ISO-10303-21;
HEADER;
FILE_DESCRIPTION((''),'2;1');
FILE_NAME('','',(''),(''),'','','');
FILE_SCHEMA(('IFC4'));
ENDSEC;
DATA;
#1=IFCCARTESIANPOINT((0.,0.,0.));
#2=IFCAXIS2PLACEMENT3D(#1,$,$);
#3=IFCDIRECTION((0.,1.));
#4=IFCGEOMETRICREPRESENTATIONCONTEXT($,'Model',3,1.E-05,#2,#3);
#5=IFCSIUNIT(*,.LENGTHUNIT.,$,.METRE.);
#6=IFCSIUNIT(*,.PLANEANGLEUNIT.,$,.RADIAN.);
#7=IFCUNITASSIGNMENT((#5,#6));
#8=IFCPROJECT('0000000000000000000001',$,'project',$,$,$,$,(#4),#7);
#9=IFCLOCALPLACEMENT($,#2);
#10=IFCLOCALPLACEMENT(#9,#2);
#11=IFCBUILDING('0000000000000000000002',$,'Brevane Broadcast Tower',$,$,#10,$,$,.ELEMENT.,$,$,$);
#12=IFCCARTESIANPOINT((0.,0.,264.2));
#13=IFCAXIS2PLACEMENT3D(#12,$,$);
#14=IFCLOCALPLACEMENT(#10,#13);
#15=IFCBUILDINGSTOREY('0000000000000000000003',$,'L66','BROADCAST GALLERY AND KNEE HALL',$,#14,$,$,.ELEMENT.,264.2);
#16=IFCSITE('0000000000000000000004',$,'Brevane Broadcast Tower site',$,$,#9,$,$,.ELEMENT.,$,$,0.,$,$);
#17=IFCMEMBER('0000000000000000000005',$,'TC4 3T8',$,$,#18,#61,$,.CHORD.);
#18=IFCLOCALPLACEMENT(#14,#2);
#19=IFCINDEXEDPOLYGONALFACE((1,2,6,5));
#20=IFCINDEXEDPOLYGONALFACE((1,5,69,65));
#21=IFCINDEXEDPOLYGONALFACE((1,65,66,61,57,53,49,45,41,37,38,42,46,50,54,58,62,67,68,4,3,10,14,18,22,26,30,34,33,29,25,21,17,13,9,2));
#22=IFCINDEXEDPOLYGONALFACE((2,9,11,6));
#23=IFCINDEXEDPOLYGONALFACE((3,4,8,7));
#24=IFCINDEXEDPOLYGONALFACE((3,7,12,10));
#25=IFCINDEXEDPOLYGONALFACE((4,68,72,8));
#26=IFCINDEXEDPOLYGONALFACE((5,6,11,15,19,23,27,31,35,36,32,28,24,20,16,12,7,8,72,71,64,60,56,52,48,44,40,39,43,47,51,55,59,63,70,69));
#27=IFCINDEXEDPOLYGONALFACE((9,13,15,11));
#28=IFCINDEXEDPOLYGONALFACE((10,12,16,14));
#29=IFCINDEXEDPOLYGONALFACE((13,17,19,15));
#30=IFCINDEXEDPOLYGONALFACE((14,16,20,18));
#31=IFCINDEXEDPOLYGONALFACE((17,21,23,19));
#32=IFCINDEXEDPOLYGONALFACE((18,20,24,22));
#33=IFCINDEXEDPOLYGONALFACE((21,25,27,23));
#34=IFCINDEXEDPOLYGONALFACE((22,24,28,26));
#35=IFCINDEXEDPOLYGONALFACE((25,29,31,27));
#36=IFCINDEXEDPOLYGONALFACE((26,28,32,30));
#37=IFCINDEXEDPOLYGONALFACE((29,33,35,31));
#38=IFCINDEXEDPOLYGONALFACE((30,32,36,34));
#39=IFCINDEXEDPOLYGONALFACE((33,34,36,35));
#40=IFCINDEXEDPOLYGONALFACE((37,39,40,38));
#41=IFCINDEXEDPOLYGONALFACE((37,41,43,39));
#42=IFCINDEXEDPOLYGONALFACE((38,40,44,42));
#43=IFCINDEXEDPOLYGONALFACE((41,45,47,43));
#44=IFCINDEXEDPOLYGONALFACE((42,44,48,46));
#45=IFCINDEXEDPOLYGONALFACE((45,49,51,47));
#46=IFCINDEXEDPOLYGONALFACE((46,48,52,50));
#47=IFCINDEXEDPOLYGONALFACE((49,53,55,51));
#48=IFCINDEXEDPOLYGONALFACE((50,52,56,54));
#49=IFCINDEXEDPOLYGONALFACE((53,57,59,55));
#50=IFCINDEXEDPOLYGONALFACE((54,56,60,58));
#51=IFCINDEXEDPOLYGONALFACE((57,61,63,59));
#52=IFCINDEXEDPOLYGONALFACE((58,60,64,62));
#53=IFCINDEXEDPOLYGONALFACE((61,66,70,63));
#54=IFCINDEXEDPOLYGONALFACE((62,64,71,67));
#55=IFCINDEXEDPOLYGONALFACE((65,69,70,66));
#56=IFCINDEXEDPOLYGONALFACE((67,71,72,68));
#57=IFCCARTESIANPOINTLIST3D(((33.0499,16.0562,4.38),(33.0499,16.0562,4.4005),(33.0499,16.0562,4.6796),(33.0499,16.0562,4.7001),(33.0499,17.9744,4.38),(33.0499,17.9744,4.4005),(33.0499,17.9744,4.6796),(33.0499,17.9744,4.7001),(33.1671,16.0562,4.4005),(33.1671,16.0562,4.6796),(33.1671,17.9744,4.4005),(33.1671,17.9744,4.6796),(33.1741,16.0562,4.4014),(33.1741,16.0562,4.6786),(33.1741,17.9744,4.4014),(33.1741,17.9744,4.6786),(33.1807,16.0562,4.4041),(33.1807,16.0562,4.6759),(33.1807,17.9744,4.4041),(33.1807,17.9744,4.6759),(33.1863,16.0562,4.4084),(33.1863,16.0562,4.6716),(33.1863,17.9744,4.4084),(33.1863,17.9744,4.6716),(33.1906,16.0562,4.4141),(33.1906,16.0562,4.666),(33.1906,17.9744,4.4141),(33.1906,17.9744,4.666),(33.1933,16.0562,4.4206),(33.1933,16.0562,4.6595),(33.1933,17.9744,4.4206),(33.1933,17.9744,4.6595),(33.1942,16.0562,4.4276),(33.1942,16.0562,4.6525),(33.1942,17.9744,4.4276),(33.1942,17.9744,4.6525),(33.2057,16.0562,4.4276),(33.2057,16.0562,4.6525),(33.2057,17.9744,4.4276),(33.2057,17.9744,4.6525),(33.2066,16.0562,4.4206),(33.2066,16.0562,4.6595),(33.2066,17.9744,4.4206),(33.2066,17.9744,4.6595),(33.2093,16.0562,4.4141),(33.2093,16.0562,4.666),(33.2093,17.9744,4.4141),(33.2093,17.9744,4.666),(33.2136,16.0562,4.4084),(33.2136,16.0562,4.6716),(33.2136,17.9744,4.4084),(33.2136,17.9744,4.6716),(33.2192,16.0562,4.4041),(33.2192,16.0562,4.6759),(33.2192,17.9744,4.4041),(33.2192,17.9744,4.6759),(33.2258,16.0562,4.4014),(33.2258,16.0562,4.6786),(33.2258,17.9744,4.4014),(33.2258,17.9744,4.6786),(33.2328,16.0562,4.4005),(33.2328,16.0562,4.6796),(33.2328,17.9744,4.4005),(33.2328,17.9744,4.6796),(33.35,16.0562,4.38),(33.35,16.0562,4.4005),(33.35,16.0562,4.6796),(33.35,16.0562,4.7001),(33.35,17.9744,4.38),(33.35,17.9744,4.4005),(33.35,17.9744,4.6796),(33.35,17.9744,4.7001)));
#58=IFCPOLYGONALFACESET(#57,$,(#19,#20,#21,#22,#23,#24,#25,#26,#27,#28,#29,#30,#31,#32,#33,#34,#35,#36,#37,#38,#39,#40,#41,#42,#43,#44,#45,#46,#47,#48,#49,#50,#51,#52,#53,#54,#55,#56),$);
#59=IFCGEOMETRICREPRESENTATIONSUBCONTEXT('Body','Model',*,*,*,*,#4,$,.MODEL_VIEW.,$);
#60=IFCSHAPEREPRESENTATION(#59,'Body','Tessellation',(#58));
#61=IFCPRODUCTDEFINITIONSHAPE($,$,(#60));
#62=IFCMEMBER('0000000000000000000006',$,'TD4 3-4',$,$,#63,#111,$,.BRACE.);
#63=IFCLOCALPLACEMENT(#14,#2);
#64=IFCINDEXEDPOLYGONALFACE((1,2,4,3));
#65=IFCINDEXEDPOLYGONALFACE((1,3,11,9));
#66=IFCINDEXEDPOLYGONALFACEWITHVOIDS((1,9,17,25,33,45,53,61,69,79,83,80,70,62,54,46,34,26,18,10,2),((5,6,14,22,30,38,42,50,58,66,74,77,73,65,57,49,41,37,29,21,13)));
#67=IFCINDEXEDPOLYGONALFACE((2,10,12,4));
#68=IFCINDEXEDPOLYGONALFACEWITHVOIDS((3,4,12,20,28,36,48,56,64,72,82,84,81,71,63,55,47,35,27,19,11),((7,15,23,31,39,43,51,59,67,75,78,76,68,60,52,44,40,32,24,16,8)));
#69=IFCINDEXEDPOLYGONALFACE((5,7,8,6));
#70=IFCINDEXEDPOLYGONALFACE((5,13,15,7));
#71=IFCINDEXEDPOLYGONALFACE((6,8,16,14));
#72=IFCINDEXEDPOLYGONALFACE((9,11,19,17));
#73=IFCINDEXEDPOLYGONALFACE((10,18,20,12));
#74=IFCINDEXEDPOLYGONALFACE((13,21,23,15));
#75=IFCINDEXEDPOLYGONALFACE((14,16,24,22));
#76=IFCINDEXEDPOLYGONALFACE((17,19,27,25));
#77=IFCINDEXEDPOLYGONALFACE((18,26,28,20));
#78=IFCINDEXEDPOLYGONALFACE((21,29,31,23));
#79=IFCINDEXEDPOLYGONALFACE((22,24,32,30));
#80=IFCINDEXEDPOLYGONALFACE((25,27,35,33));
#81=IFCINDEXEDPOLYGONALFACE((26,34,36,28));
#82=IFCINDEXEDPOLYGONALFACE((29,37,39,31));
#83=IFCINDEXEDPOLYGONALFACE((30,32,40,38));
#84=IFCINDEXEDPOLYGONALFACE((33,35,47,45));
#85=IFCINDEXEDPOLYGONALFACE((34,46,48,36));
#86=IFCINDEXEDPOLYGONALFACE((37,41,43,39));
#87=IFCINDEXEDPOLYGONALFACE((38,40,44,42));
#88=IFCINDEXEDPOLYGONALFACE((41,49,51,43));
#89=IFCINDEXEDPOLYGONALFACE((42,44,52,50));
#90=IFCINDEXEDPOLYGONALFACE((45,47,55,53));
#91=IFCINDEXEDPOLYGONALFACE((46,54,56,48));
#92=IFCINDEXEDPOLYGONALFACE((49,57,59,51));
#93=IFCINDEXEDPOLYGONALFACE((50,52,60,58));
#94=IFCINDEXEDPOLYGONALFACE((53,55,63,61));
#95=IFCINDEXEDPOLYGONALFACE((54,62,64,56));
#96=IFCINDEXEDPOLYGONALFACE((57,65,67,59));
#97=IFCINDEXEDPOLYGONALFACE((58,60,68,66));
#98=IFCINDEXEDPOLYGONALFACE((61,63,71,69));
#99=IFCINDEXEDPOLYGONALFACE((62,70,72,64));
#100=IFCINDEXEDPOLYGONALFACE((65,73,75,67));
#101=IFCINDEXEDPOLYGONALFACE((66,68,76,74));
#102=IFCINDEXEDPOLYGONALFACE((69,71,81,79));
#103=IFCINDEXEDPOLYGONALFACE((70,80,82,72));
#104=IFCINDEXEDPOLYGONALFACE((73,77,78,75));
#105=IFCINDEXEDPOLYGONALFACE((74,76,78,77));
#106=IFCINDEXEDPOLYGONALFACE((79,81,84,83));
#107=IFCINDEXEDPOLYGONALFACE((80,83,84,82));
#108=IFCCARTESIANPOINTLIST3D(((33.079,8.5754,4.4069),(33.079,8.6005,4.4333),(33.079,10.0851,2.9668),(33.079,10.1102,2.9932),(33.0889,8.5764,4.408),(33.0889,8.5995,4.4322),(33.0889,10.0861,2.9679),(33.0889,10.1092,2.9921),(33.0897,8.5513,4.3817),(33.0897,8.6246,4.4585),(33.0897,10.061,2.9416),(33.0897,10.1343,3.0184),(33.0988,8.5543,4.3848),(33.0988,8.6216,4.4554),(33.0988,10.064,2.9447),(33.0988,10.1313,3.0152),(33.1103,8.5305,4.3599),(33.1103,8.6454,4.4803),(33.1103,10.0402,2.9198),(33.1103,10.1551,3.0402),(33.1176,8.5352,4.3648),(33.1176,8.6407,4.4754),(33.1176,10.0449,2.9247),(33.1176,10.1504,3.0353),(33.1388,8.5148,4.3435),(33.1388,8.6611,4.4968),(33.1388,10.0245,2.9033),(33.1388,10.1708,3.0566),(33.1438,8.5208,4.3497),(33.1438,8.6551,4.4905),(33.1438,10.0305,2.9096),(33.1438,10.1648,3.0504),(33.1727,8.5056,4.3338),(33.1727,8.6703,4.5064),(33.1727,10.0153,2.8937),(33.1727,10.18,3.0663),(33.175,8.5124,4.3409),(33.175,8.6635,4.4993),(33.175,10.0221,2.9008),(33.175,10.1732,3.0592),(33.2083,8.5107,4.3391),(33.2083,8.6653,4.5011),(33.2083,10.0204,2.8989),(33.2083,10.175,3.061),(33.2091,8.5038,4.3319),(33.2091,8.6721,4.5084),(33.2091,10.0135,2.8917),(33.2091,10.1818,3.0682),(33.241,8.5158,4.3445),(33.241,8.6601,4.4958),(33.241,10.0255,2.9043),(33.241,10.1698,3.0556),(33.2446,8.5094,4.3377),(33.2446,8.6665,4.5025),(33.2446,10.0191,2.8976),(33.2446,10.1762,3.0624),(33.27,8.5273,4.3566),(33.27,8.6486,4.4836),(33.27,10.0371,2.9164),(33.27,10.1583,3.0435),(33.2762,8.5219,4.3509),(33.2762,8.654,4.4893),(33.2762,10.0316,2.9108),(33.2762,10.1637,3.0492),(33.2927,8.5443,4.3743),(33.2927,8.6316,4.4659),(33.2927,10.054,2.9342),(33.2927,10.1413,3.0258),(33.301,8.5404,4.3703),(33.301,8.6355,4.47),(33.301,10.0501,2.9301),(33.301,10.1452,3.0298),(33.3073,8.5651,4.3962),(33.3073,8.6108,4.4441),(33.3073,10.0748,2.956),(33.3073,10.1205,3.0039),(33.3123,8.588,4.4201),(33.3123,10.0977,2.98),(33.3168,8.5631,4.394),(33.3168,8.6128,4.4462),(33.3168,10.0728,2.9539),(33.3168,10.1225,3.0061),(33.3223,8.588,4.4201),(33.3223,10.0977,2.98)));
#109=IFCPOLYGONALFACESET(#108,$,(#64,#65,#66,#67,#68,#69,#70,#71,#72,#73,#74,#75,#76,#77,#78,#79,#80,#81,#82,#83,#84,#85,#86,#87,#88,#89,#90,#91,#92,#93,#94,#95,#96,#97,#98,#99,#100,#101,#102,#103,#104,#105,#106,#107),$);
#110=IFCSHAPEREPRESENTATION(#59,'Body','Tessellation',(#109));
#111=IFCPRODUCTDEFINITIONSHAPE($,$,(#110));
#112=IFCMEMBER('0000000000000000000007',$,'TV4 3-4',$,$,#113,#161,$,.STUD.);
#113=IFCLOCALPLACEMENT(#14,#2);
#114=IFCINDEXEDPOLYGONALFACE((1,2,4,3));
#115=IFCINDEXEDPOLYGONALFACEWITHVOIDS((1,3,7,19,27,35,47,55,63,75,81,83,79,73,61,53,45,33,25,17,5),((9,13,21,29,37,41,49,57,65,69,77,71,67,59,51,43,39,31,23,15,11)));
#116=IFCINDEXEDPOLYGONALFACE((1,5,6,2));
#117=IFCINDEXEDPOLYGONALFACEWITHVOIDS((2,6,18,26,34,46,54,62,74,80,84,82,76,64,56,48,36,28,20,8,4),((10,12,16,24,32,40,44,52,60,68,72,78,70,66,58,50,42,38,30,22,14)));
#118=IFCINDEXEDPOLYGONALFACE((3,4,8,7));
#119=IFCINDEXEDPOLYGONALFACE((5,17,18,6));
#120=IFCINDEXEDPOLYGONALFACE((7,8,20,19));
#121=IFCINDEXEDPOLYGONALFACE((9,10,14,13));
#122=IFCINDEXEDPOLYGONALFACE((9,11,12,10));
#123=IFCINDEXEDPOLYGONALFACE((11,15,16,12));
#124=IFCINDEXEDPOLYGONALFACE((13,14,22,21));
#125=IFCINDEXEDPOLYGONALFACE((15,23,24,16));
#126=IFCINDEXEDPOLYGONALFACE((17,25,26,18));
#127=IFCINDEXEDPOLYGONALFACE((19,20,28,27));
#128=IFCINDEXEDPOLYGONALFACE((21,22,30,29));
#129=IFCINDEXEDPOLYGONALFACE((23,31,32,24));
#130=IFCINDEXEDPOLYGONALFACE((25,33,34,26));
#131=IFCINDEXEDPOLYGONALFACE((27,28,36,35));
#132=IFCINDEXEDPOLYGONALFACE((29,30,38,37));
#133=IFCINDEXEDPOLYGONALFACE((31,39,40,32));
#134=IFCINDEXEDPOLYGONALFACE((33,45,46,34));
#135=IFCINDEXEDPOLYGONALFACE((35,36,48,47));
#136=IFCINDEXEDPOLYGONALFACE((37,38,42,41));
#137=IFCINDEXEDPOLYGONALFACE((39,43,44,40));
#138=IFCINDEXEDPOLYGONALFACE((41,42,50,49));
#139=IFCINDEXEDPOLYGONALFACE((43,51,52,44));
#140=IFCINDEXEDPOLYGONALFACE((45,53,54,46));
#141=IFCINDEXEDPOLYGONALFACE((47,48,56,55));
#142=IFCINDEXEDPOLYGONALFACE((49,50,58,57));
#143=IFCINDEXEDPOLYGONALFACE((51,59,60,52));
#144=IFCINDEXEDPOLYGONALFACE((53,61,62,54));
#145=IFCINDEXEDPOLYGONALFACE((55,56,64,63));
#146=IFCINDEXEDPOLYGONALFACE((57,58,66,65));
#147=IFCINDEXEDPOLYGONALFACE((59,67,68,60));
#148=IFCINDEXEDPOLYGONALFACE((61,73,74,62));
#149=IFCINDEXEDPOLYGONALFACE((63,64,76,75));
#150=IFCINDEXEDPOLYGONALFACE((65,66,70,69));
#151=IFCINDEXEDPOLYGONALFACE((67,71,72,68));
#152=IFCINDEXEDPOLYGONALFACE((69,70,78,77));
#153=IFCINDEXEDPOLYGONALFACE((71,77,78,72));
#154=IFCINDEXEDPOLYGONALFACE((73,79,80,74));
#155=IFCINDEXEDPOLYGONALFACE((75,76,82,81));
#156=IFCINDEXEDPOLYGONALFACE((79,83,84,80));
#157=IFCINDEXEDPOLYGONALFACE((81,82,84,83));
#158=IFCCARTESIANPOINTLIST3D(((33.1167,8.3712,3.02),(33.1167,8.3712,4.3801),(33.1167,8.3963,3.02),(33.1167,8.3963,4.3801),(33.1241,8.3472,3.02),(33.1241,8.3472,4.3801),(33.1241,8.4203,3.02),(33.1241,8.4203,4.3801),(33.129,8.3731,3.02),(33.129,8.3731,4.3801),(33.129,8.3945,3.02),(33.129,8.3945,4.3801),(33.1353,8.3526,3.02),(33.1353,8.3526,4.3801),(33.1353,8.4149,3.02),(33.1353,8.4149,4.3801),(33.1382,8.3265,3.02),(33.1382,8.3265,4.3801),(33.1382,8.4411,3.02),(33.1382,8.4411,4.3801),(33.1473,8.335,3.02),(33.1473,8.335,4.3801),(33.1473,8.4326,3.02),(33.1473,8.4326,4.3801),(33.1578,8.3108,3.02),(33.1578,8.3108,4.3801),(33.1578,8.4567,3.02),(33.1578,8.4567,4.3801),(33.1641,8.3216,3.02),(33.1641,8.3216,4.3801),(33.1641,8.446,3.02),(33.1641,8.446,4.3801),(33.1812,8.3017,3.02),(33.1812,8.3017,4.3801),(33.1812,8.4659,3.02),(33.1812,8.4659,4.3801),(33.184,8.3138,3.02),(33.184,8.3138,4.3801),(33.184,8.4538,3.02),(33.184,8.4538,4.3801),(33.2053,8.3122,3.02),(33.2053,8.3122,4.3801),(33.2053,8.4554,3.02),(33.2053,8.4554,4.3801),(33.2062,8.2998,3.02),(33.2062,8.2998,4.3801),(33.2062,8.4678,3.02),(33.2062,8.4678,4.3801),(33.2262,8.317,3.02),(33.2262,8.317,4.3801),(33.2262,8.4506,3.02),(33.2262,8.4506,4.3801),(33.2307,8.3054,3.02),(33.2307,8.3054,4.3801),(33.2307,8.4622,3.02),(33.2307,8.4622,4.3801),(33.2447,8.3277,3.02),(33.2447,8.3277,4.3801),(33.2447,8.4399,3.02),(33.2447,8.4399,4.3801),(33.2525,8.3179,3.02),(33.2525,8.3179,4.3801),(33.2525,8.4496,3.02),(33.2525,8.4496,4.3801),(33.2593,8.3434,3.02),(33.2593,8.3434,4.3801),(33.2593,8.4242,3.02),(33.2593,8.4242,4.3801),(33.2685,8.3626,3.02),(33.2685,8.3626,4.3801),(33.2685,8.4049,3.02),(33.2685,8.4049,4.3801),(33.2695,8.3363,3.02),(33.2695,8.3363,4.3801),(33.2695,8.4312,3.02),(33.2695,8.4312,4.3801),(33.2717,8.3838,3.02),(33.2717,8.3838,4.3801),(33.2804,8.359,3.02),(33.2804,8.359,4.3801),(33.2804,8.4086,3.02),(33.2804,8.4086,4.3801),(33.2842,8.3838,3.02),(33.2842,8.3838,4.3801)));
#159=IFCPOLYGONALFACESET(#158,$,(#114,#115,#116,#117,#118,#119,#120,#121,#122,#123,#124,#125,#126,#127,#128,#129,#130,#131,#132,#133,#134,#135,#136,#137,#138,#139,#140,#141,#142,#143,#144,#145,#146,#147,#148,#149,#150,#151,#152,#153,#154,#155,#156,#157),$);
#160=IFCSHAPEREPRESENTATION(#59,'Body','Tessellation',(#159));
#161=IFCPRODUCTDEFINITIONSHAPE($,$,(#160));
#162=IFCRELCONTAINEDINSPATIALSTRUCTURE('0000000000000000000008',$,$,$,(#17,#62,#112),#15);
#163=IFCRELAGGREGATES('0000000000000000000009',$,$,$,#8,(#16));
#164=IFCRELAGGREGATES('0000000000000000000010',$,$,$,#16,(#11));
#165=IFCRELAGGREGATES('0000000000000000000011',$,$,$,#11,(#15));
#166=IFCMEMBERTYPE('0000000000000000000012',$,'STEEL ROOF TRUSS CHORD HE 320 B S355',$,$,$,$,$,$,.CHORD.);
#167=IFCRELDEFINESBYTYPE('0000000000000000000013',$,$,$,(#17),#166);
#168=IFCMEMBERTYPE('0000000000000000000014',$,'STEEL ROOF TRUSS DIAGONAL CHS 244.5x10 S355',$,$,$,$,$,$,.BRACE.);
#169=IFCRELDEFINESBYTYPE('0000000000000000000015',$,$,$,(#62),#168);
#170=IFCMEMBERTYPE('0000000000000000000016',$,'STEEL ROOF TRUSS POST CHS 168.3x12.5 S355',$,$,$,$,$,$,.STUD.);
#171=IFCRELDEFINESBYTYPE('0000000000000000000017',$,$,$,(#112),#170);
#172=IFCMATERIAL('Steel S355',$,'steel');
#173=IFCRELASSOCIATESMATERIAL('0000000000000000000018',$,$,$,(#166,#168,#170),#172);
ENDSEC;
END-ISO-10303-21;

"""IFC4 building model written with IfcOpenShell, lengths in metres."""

from ifc_helpers import new_model, si_unit, direction, frame, origin, origin_2d, place, context, subcontext, project, spatial, hollow_circle, i_section, extrude, material, material_profile, profile_set, type_object, element, save


model = new_model("IFC4")

# Units and contexts
model_context = context("Model", 3, precision=1e-05, world=origin(), true_north=direction((0.0, 1.0)))
body_context = subcontext(model_context, "Body", "Model", "MODEL_VIEW")
ifc_project = project(units=[si_unit("LENGTHUNIT", "METRE"), si_unit("PLANEANGLEUNIT", "RADIAN")], contexts=[model_context])

# Site, building, storey
site_placement = place(None, origin())
site = spatial("IfcSite", under=ifc_project, at=site_placement, Name="Brevane Broadcast Tower site", CompositionType="ELEMENT", RefElevation=0.0)
building_placement = place(site_placement, origin())
building = spatial("IfcBuilding", under=site, at=building_placement, Name="Brevane Broadcast Tower", CompositionType="ELEMENT")
storey_placement = place(building_placement, frame((0.0, 0.0, 264.2)))
storey = spatial("IfcBuildingStorey", under=building, at=storey_placement, Name="L66", Description="BROADCAST GALLERY AND KNEE HALL", CompositionType="ELEMENT", Elevation=264.2)

# Members
ifc_material_1 = material(Name="Steel S355", Category="steel")
ifc_material_profile_1 = material_profile(ifc_material_1, i_section(OverallWidth=0.3, OverallDepth=0.3201, WebThickness=0.0115, FlangeThickness=0.0205, FilletRadius=0.0271, at=origin_2d()), Name="HE 320 B")
ifc_profile_set_1 = profile_set([ifc_material_profile_1], Name="Steel S355")
member_type_1 = type_object("IfcMemberType", Name="STEEL ROOF TRUSS CHORD HE 320 B S355", PredefinedType="CHORD", material=ifc_profile_set_1)
member_1_placement = place(storey_placement, frame((33.2, 16.0562, 4.54), z_axis=(0.0, 1.0, 0.0), x_axis=(-1.0, 0.0, 0.0)))
element("IfcMember", 1, at=member_1_placement, inside=storey, type_object=member_type_1, Name="TC4 3T8", PredefinedType="CHORD", context=body_context, shape_type="SweptSolid", body=[
    extrude(i_section(OverallWidth=0.3, OverallDepth=0.3201, WebThickness=0.0115, FlangeThickness=0.0205, FilletRadius=0.0271, at=origin_2d()), origin(), (0.0, 0.0, 1.0), 1.9182),
])
ifc_material_profile_2 = material_profile(ifc_material_1, hollow_circle(Radius=0.1223, WallThickness=0.01, at=origin_2d()), Name="CHS 244.5x10")
ifc_profile_set_2 = profile_set([ifc_material_profile_2], Name="Steel S355")
member_type_2 = type_object("IfcMemberType", Name="STEEL ROOF TRUSS DIAGONAL CHS 244.5x10 S355", PredefinedType="BRACE", material=ifc_profile_set_2)
member_2_placement = place(storey_placement, frame((33.2, 10.0977, 2.98), z_axis=(0.0, -0.723584, 0.690236), x_axis=(1.0, 0.0, 0.0)))
element("IfcMember", 2, at=member_2_placement, inside=storey, type_object=member_type_2, Name="TD4 3-4", PredefinedType="BRACE", context=body_context, shape_type="SweptSolid", body=[
    extrude(hollow_circle(Radius=0.1223, WallThickness=0.01, at=origin_2d()), origin(), (0.0, 0.0, 1.0), 2.0864),
])
ifc_material_profile_3 = material_profile(ifc_material_1, hollow_circle(Radius=0.0842, WallThickness=0.0125, at=origin_2d()), Name="CHS 168.3x12.5")
ifc_profile_set_3 = profile_set([ifc_material_profile_3], Name="Steel S355")
member_type_3 = type_object("IfcMemberType", Name="STEEL ROOF TRUSS POST CHS 168.3x12.5 S355", PredefinedType="STUD", material=ifc_profile_set_3)
for number, where, z_axis, x_axis, name in (
    (3, (33.2, 8.3838, 3.02), (0.0, 0.0, 1.0), (1.0, 0.0, 0.0), "TV4 3-4"),
):
    element("IfcMember", number, at=place(storey_placement, frame(where, z_axis=z_axis, x_axis=x_axis)), inside=storey, type_object=member_type_3, Name=name, PredefinedType="STUD", context=body_context, shape_type="SweptSolid", body=[
        extrude(hollow_circle(Radius=0.0842, WallThickness=0.0125, at=origin_2d()), origin(), (0.0, 0.0, 1.0), 1.3601),
    ])

save(model, "model.ifc")
